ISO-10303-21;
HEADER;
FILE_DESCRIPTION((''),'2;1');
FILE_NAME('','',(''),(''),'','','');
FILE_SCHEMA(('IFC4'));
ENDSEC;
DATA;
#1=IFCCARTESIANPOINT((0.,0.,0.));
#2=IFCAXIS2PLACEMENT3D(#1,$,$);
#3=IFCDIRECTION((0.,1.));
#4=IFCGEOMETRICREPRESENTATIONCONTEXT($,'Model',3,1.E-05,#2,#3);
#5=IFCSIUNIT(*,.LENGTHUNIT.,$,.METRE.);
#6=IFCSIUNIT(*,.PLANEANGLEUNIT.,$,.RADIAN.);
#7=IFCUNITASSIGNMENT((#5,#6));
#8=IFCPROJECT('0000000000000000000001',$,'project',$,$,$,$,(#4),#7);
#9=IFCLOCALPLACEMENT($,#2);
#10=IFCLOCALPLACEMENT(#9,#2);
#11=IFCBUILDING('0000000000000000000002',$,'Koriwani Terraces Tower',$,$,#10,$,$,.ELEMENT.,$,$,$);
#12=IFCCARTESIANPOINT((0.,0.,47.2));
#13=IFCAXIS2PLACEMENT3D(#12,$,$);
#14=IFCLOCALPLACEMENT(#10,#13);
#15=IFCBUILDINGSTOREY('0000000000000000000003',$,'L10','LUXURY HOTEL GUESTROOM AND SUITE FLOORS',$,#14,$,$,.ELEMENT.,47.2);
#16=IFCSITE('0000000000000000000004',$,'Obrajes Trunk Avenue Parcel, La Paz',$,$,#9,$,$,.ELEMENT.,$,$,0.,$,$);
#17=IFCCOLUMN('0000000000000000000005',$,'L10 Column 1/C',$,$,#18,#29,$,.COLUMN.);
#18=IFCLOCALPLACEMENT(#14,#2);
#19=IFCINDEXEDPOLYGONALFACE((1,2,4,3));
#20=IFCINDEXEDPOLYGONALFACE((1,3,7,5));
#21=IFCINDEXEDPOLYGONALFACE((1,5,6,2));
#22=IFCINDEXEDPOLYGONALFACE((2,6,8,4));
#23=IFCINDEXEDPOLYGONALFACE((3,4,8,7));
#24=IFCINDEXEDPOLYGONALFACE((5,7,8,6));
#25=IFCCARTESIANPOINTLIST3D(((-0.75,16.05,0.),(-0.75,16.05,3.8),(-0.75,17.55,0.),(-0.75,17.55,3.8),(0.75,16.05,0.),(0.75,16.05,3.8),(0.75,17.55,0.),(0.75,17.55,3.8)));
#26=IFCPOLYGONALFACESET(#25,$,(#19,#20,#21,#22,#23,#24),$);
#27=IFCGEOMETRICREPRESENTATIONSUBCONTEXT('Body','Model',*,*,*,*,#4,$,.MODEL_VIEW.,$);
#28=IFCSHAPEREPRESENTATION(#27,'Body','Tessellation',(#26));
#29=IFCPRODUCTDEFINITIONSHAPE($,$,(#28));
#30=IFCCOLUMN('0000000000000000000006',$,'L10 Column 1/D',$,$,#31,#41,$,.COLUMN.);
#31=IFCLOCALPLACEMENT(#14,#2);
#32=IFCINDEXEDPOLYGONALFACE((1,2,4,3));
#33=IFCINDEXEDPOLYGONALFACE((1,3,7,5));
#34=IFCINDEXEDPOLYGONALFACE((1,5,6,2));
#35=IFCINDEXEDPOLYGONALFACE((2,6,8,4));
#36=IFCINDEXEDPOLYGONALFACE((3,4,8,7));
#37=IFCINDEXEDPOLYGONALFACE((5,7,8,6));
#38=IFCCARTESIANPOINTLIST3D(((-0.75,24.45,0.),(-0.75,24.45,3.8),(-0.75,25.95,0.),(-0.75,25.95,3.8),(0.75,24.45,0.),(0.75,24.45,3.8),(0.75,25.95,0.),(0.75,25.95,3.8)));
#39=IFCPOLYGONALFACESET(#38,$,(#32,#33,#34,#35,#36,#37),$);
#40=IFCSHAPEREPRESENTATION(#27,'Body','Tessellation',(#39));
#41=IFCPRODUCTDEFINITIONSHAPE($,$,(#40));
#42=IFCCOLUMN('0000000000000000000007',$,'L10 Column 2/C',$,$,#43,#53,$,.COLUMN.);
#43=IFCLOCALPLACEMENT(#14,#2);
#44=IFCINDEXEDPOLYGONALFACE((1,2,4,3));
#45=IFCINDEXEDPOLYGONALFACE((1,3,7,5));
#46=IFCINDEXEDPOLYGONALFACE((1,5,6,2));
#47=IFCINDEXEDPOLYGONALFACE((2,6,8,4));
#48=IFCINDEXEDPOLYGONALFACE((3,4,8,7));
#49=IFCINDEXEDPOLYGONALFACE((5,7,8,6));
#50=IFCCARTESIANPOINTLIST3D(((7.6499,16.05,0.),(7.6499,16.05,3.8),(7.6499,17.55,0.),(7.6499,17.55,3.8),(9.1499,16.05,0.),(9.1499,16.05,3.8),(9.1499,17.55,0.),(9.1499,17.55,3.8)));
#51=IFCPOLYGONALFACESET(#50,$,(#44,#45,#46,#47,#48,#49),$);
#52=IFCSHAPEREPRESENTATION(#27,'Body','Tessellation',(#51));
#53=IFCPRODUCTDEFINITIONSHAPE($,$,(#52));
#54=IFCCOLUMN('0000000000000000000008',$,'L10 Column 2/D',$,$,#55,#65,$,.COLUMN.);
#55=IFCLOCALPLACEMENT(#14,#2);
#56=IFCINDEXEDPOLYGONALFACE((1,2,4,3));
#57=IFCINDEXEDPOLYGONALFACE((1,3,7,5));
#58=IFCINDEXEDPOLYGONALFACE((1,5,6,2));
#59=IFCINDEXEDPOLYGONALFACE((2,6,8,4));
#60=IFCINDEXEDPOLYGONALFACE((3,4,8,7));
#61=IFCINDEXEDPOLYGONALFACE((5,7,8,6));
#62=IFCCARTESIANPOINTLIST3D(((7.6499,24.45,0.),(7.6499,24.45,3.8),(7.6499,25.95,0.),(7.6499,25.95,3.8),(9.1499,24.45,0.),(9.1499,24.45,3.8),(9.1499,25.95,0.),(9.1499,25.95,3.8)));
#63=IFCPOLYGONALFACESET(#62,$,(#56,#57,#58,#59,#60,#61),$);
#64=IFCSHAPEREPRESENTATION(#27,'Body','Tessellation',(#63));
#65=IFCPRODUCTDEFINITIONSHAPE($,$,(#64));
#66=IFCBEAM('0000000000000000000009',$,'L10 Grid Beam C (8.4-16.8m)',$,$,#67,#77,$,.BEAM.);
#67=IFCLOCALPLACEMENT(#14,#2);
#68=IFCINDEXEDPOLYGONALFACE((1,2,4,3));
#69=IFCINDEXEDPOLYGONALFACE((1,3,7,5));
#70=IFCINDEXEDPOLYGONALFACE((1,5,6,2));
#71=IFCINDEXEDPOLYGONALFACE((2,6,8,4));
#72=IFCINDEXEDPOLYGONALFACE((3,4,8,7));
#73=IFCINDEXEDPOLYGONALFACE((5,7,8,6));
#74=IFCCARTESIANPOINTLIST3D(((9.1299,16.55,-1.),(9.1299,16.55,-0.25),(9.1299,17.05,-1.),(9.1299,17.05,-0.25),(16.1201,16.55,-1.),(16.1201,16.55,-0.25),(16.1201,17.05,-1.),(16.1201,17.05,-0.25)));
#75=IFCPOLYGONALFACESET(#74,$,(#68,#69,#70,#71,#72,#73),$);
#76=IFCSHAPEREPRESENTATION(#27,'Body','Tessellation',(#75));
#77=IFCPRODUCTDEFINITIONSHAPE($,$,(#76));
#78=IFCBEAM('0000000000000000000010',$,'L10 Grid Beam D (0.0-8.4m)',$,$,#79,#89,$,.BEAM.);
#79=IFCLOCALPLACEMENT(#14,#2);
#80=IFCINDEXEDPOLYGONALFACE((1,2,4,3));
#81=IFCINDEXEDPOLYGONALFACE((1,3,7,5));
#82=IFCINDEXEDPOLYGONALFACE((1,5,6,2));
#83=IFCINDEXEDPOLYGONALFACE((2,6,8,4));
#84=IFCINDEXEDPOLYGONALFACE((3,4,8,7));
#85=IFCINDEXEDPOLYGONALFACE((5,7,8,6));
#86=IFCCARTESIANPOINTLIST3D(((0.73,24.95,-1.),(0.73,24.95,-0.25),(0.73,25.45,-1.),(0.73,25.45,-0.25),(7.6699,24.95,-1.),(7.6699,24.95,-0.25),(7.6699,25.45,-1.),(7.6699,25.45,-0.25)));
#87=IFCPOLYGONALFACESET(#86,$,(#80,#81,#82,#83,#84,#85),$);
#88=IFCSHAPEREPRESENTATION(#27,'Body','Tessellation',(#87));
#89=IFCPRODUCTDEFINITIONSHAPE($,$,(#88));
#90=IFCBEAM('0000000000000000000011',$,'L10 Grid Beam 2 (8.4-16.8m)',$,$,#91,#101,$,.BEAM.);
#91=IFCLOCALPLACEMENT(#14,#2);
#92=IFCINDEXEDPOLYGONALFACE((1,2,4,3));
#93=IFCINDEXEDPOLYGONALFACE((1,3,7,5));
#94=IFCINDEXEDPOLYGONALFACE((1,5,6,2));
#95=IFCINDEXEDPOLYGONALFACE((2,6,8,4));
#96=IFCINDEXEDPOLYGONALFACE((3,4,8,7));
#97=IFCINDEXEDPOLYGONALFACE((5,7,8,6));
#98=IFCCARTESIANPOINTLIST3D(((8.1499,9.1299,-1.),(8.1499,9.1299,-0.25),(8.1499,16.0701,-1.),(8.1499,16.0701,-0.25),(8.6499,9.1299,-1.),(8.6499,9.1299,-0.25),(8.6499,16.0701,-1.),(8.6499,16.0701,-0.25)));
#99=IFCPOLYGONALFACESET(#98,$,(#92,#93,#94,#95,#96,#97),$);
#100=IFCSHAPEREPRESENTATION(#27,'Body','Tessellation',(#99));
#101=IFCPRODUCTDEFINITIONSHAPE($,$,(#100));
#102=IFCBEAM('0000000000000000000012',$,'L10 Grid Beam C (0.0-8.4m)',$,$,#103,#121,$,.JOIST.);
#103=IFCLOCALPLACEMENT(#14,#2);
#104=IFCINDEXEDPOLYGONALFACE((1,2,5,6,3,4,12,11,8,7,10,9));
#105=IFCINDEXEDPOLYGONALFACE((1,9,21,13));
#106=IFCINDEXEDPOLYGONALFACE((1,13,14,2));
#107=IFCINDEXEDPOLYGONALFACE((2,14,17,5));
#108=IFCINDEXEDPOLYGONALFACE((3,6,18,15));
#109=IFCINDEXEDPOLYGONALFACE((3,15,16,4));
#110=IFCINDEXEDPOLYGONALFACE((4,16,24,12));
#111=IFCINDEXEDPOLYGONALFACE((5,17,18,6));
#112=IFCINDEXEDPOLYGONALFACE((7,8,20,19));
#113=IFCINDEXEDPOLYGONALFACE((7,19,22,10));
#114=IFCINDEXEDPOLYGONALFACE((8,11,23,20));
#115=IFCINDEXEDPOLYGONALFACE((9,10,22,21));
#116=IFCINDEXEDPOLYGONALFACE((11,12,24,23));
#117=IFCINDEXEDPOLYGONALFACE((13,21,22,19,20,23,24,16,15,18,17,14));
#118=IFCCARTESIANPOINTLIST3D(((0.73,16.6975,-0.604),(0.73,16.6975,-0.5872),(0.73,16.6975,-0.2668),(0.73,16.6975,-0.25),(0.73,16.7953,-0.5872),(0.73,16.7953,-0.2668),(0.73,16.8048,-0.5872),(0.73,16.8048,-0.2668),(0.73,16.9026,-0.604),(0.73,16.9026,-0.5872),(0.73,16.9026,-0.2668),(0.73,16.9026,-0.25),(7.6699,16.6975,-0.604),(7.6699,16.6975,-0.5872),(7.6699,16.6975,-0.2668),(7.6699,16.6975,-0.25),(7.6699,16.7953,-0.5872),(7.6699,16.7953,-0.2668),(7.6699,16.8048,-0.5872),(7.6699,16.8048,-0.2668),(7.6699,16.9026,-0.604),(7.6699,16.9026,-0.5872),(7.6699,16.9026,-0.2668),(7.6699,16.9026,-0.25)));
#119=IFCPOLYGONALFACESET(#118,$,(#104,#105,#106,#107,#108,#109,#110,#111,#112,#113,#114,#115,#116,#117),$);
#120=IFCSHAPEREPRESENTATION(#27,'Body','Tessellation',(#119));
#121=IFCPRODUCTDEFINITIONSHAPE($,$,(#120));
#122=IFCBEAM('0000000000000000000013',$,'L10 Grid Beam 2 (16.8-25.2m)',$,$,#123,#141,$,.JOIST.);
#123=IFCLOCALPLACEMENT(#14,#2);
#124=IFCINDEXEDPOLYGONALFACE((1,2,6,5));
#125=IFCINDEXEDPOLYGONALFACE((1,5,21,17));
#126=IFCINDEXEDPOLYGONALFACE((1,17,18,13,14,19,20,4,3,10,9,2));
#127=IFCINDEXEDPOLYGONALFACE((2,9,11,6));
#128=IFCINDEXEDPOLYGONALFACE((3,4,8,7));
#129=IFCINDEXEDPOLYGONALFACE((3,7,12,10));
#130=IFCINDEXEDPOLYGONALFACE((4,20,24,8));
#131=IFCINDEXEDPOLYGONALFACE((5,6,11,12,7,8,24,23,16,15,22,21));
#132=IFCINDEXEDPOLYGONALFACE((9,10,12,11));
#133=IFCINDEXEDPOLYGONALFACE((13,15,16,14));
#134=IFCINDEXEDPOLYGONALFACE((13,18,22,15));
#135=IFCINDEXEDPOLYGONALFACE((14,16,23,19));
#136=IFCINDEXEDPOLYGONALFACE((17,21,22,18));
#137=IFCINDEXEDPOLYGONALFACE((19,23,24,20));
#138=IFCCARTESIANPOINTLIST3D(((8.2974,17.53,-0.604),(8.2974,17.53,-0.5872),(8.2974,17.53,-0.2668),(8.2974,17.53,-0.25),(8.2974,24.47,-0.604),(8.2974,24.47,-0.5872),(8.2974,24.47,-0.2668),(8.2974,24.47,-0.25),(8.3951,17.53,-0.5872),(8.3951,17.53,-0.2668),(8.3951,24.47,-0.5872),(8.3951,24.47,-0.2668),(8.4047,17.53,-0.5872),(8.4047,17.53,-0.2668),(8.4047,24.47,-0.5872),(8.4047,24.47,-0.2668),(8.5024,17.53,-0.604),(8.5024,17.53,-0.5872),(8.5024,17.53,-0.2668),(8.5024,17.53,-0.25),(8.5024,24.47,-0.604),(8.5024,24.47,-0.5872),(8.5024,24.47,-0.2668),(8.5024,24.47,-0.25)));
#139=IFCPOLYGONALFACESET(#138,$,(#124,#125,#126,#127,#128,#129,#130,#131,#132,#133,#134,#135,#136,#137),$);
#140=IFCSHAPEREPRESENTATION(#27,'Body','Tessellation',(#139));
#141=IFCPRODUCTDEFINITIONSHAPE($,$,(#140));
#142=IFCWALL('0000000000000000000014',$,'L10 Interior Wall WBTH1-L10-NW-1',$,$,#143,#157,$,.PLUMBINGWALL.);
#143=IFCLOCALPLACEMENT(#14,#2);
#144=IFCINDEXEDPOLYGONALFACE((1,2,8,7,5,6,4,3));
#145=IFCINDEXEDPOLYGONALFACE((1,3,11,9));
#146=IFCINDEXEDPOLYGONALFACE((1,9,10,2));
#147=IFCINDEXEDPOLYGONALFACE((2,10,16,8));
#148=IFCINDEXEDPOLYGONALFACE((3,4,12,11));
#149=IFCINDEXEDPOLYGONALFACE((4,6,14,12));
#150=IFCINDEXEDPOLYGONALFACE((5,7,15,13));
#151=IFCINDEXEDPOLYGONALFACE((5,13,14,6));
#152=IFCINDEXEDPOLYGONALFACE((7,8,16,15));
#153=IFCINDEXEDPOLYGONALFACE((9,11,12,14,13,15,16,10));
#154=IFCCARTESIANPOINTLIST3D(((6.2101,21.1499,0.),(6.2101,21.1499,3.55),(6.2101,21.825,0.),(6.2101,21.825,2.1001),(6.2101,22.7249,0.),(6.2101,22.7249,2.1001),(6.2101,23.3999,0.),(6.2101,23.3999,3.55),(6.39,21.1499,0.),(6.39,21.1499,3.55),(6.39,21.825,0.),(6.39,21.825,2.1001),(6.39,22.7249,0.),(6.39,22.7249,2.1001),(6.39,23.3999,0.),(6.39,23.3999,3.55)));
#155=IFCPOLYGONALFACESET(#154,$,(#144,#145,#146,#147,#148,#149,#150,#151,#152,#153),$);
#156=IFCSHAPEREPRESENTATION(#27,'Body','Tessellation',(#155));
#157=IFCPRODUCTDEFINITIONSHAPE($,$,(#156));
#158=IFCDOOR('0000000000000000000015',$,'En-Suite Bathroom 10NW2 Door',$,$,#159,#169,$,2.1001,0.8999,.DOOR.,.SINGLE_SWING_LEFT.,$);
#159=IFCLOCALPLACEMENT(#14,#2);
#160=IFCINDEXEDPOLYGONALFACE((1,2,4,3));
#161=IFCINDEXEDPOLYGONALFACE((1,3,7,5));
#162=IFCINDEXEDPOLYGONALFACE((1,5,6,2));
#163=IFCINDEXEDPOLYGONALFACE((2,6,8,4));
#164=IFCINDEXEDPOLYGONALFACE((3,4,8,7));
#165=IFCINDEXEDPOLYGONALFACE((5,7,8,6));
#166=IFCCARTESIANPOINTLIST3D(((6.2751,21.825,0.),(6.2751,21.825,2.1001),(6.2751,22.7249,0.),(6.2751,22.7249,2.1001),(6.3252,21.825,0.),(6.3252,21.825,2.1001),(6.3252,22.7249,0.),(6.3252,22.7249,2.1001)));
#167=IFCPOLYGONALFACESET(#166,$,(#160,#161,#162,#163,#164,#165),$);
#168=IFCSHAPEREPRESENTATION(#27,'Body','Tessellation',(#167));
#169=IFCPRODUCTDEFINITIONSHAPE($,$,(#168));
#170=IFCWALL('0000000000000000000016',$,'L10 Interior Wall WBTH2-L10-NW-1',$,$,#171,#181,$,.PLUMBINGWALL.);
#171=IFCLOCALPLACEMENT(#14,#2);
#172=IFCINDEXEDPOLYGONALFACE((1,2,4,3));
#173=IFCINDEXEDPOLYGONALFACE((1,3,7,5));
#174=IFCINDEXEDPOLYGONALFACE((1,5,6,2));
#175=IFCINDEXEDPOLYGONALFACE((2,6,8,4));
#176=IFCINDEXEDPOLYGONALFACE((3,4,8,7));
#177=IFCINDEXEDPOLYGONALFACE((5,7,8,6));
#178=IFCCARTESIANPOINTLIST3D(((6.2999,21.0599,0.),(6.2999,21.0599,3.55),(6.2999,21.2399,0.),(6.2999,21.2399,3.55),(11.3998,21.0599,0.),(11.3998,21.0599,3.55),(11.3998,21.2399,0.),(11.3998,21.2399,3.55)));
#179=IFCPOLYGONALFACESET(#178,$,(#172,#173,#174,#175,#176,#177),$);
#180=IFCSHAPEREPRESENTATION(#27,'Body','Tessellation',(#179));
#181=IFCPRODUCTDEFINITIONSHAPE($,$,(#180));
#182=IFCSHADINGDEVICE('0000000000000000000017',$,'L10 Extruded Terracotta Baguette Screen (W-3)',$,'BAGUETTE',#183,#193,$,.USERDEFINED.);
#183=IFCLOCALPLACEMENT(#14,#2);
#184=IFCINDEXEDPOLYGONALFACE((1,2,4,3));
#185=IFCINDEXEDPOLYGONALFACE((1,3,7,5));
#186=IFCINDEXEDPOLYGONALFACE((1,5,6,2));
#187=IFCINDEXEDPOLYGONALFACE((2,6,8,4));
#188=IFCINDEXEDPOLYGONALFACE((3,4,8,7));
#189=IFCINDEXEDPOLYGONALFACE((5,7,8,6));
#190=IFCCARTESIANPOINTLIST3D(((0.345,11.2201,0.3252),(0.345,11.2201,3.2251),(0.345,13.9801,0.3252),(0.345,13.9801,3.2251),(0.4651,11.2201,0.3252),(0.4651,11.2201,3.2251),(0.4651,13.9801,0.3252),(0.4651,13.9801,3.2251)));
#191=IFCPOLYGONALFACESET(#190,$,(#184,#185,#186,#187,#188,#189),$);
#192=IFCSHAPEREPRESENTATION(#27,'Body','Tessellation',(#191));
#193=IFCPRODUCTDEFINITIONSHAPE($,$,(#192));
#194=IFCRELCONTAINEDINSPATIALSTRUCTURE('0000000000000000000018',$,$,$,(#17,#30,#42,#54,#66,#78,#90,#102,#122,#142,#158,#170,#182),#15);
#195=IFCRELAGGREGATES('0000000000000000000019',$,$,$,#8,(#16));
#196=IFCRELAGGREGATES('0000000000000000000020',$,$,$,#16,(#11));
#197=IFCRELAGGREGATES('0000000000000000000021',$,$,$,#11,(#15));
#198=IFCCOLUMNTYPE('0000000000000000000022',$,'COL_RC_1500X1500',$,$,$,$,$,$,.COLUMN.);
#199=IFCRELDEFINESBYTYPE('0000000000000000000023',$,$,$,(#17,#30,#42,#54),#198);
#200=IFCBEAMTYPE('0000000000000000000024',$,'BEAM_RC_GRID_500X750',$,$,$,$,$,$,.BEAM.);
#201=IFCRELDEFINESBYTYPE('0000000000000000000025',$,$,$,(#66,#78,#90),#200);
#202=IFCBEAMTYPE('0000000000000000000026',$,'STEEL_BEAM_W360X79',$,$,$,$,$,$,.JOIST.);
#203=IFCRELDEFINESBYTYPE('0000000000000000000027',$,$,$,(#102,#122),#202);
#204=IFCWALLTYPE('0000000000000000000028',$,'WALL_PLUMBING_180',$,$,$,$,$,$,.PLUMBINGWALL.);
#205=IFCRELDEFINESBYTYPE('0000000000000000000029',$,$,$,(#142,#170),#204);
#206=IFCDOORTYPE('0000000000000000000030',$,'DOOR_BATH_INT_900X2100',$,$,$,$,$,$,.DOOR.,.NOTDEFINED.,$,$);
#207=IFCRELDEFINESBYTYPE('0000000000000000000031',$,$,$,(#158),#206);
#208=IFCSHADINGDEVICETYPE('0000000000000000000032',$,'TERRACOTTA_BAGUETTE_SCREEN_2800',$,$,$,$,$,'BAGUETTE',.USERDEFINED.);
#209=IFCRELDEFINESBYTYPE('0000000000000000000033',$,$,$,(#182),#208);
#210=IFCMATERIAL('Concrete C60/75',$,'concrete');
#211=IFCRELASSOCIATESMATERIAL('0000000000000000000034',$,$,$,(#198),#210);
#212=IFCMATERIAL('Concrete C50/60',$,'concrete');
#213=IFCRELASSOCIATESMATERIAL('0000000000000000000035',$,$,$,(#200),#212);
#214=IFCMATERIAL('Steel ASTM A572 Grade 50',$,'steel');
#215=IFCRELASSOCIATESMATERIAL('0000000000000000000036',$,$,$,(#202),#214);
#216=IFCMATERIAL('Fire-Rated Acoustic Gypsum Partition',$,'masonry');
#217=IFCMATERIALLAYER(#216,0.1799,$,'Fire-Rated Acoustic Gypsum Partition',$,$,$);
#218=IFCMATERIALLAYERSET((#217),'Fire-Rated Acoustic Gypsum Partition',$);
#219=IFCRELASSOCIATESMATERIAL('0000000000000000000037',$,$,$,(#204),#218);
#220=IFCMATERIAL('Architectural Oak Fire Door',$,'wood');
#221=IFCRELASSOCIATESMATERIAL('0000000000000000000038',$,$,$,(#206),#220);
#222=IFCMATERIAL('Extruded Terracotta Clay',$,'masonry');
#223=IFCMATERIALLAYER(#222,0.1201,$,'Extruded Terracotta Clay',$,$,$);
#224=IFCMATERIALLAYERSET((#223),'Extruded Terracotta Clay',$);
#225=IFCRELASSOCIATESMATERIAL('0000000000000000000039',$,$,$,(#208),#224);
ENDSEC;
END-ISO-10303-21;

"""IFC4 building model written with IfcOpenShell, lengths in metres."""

from ifc_helpers import new_model, si_unit, direction, frame, frame_2d, origin, origin_2d, place, context, subcontext, project, spatial, rectangle, i_section, extrude, material, layer, layer_set, material_profile, profile_set, type_object, element, fill, save


model = new_model("IFC4")

# Units and contexts
model_context = context("Model", 3, precision=1e-05, world=origin(), true_north=direction((0.0, 1.0)))
body_context = subcontext(model_context, "Body", "Model", "MODEL_VIEW")
ifc_project = project(units=[si_unit("LENGTHUNIT", "METRE"), si_unit("PLANEANGLEUNIT", "RADIAN")], contexts=[model_context])

# Site, building, storey
site_placement = place(None, origin())
site = spatial("IfcSite", under=ifc_project, at=site_placement, Name="Obrajes Trunk Avenue Parcel, La Paz", CompositionType="ELEMENT", RefElevation=0.0)
building_placement = place(site_placement, origin())
building = spatial("IfcBuilding", under=site, at=building_placement, Name="Koriwani Terraces Tower", CompositionType="ELEMENT")
storey_placement = place(building_placement, frame((0.0, 0.0, 47.2)))
storey = spatial("IfcBuildingStorey", under=building, at=storey_placement, Name="L10", Description="LUXURY HOTEL GUESTROOM AND SUITE FLOORS", CompositionType="ELEMENT", Elevation=47.2)

# Columns
ifc_material_1 = material(Name="Concrete C60/75", Category="concrete")
ifc_material_profile_1 = material_profile(ifc_material_1, rectangle(XDim=1.5, YDim=1.5, at=origin_2d()), Name="Concrete C60/75", Category="LoadBearing")
ifc_profile_set_1 = profile_set([ifc_material_profile_1], Name="Concrete C60/75")
column_type = type_object("IfcColumnType", Name="COL_RC_1500X1500", PredefinedType="COLUMN", material=ifc_profile_set_1)
for number, where, z_axis, x_axis, name in (
    (1, (0.0, 16.8, 0.0), (0.0, 0.0, 1.0), (1.0, 0.0, 0.0), "L10 Column 1/C"),
    (2, (0.0, 25.2, 0.0), (0.0, 0.0, 1.0), (1.0, 0.0, 0.0), "L10 Column 1/D"),
    (3, (8.3999, 16.8, 0.0), (0.0, 0.0, 1.0), (1.0, 0.0, 0.0), "L10 Column 2/C"),
    (4, (8.3999, 25.2, 0.0), (0.0, 0.0, 1.0), (1.0, 0.0, 0.0), "L10 Column 2/D"),
):
    element("IfcColumn", number, at=place(storey_placement, frame(where, z_axis=z_axis, x_axis=x_axis)), inside=storey, type_object=column_type, Name=name, PredefinedType="COLUMN", context=body_context, shape_type="SweptSolid", body=[
        extrude(rectangle(XDim=1.5, YDim=1.5, at=origin_2d()), origin(), (0.0, 0.0, 1.0), 3.8),
    ])

# Beams
ifc_material_2 = material(Name="Concrete C50/60", Category="concrete")
ifc_material_profile_2 = material_profile(ifc_material_2, rectangle(XDim=0.5, YDim=0.75, at=origin_2d()), Name="Concrete C50/60", Category="LoadBearing")
ifc_profile_set_2 = profile_set([ifc_material_profile_2], Name="Concrete C50/60")
beam_type_1 = type_object("IfcBeamType", Name="BEAM_RC_GRID_500X750", PredefinedType="BEAM", material=ifc_profile_set_2)
beam_1_placement = place(storey_placement, frame((9.1299, 16.8, -0.625), z_axis=(1.0, 0.0, 0.0), x_axis=(0.0, 1.0, 0.0)))
element("IfcBeam", 5, at=beam_1_placement, inside=storey, type_object=beam_type_1, Name="L10 Grid Beam C (8.4-16.8m)", PredefinedType="BEAM", context=body_context, shape_type="SweptSolid", body=[
    extrude(rectangle(XDim=0.5, YDim=0.75, at=origin_2d()), origin(), (0.0, 0.0, 1.0), 6.9902),
])
beam_2_placement = place(storey_placement, frame((0.73, 25.2, -0.625), z_axis=(1.0, 0.0, 0.0), x_axis=(0.0, 1.0, 0.0)))
element("IfcBeam", 6, at=beam_2_placement, inside=storey, type_object=beam_type_1, Name="L10 Grid Beam D (0.0-8.4m)", PredefinedType="BEAM", context=body_context, shape_type="SweptSolid", body=[
    extrude(rectangle(XDim=0.5, YDim=0.75, at=origin_2d()), origin(), (0.0, 0.0, 1.0), 6.9399),
])
beam_3_placement = place(storey_placement, frame((8.3999, 9.1299, -0.625), z_axis=(0.0, 1.0, 0.0), x_axis=(-1.0, 0.0, 0.0)))
element("IfcBeam", 7, at=beam_3_placement, inside=storey, type_object=beam_type_1, Name="L10 Grid Beam 2 (8.4-16.8m)", PredefinedType="BEAM", context=body_context, shape_type="SweptSolid", body=[
    extrude(rectangle(XDim=0.5, YDim=0.75, at=origin_2d()), origin(), (0.0, 0.0, 1.0), 6.9402),
])
ifc_material_3 = material(Name="Steel ASTM A572 Grade 50", Category="steel")
ifc_material_profile_3 = material_profile(ifc_material_3, i_section(OverallWidth=0.2051, OverallDepth=0.354, WebThickness=0.0095, FlangeThickness=0.0168, at=origin_2d()), Name="Steel ASTM A572 Grade 50", Category="LoadBearing")
ifc_profile_set_3 = profile_set([ifc_material_profile_3], Name="Steel ASTM A572 Grade 50")
beam_type_2 = type_object("IfcBeamType", Name="STEEL_BEAM_W360X79", PredefinedType="JOIST", material=ifc_profile_set_3)
for number, where, z_axis, x_axis, name in (
    (8, (0.73, 16.8, -0.427), (1.0, 0.0, 0.0), (0.0, 1.0, 0.0), "L10 Grid Beam C (0.0-8.4m)"),
    (9, (8.3999, 17.53, -0.427), (0.0, 1.0, 0.0), (-1.0, 0.0, 0.0), "L10 Grid Beam 2 (16.8-25.2m)"),
):
    element("IfcBeam", number, at=place(storey_placement, frame(where, z_axis=z_axis, x_axis=x_axis)), inside=storey, type_object=beam_type_2, Name=name, PredefinedType="JOIST", context=body_context, shape_type="SweptSolid", body=[
        extrude(i_section(OverallWidth=0.2051, OverallDepth=0.354, WebThickness=0.0095, FlangeThickness=0.0168, at=origin_2d()), origin(), (0.0, 0.0, 1.0), 6.9399),
    ])

# Wall, opening, door
ifc_material_4 = material(Name="Fire-Rated Acoustic Gypsum Partition", Category="masonry")
ifc_layer_1 = layer(ifc_material_4, 0.1799, Name="Fire-Rated Acoustic Gypsum Partition")
ifc_layer_set_1 = layer_set([ifc_layer_1], Name="Fire-Rated Acoustic Gypsum Partition")
wall_type_1 = type_object("IfcWallType", Name="WALL_PLUMBING_180", PredefinedType="PLUMBINGWALL", material=ifc_layer_set_1)
wall_1_placement = place(storey_placement, frame((6.3, 21.1499, 0.0), z_axis=(0.0, 0.0, 1.0), x_axis=(0.0, 1.0, 0.0)))
wall_1 = element("IfcWall", 10, at=wall_1_placement, inside=storey, type_object=wall_type_1, Name="L10 Interior Wall WBTH1-L10-NW-1", PredefinedType="PLUMBINGWALL", context=body_context, shape_type="SweptSolid", body=[
    extrude(rectangle(XDim=2.25, YDim=0.1799, at=frame_2d((1.125, 0.0))), origin(), (0.0, 0.0, 1.0), 3.55),
])
opening_placement = place(wall_1_placement, frame((0.675, 0.0, 0.0)))
opening = element("IfcOpeningElement", 11, at=opening_placement, cuts=wall_1, PredefinedType="OPENING", context=body_context, shape_type="SweptSolid", body=[
    extrude(rectangle(XDim=0.8999, YDim=2.1001, at=frame_2d((0.45, 1.05))), frame((0.0, 0.1001, 0.0), z_axis=(0.0, -1.0, 0.0), x_axis=(1.0, 0.0, 0.0)), (0.0, 0.0, 1.0), 0.2),
])
ifc_material_5 = material(Name="Architectural Oak Fire Door", Category="wood")
door_type = type_object("IfcDoorType", Name="DOOR_BATH_INT_900X2100", OperationType="NOTDEFINED", PredefinedType="DOOR", material=ifc_material_5)
door_placement = place(opening_placement, origin())
door = element("IfcDoor", 12, at=door_placement, inside=storey, type_object=door_type, Name="En-Suite Bathroom 10NW2 Door", OperationType="SINGLE_SWING_LEFT", OverallHeight=2.1001, OverallWidth=0.8999, PredefinedType="DOOR", context=body_context, shape_type="SweptSolid", body=[
    extrude(rectangle(XDim=0.8999, YDim=2.1001, at=frame_2d((0.45, 1.05))), frame((0.0, 0.0249, 0.0), z_axis=(0.0, -1.0, 0.0), x_axis=(1.0, 0.0, 0.0)), (0.0, 0.0, 1.0), 0.05),
])
fill(opening, door)

# Wall
wall_2_placement = place(storey_placement, frame((6.3, 21.1499, 0.0), z_axis=(0.0, 0.0, 1.0), x_axis=(1.0, 0.0, 0.0)))
element("IfcWall", 13, at=wall_2_placement, inside=storey, type_object=wall_type_1, Name="L10 Interior Wall WBTH2-L10-NW-1", PredefinedType="PLUMBINGWALL", context=body_context, shape_type="SweptSolid", body=[
    extrude(rectangle(XDim=5.0999, YDim=0.1799, at=frame_2d((2.5498, 0.0))), origin(), (0.0, 0.0, 1.0), 3.55),
])

# Shading device
ifc_material_6 = material(Name="Extruded Terracotta Clay", Category="masonry")
ifc_layer_2 = layer(ifc_material_6, 0.1201, Name="Extruded Terracotta Clay")
ifc_layer_set_2 = layer_set([ifc_layer_2], Name="Extruded Terracotta Clay")
shading_device_type = type_object("IfcShadingDeviceType", Name="TERRACOTTA_BAGUETTE_SCREEN_2800", ElementType="BAGUETTE", PredefinedType="USERDEFINED", material=ifc_layer_set_2)
shading_device_placement = place(storey_placement, frame((0.405, 12.6001, 0.3252), z_axis=(0.0, 0.0, 1.0), x_axis=(0.0, 1.0, 0.0)))
element("IfcShadingDevice", 14, at=shading_device_placement, inside=storey, type_object=shading_device_type, Name="L10 Extruded Terracotta Baguette Screen (W-3)", ObjectType="BAGUETTE", PredefinedType="USERDEFINED", context=body_context, shape_type="SweptSolid", body=[
    extrude(rectangle(XDim=2.76, YDim=0.1201, at=origin_2d()), origin(), (0.0, 0.0, 1.0), 2.8999),
])

save(model, "model.ifc")
